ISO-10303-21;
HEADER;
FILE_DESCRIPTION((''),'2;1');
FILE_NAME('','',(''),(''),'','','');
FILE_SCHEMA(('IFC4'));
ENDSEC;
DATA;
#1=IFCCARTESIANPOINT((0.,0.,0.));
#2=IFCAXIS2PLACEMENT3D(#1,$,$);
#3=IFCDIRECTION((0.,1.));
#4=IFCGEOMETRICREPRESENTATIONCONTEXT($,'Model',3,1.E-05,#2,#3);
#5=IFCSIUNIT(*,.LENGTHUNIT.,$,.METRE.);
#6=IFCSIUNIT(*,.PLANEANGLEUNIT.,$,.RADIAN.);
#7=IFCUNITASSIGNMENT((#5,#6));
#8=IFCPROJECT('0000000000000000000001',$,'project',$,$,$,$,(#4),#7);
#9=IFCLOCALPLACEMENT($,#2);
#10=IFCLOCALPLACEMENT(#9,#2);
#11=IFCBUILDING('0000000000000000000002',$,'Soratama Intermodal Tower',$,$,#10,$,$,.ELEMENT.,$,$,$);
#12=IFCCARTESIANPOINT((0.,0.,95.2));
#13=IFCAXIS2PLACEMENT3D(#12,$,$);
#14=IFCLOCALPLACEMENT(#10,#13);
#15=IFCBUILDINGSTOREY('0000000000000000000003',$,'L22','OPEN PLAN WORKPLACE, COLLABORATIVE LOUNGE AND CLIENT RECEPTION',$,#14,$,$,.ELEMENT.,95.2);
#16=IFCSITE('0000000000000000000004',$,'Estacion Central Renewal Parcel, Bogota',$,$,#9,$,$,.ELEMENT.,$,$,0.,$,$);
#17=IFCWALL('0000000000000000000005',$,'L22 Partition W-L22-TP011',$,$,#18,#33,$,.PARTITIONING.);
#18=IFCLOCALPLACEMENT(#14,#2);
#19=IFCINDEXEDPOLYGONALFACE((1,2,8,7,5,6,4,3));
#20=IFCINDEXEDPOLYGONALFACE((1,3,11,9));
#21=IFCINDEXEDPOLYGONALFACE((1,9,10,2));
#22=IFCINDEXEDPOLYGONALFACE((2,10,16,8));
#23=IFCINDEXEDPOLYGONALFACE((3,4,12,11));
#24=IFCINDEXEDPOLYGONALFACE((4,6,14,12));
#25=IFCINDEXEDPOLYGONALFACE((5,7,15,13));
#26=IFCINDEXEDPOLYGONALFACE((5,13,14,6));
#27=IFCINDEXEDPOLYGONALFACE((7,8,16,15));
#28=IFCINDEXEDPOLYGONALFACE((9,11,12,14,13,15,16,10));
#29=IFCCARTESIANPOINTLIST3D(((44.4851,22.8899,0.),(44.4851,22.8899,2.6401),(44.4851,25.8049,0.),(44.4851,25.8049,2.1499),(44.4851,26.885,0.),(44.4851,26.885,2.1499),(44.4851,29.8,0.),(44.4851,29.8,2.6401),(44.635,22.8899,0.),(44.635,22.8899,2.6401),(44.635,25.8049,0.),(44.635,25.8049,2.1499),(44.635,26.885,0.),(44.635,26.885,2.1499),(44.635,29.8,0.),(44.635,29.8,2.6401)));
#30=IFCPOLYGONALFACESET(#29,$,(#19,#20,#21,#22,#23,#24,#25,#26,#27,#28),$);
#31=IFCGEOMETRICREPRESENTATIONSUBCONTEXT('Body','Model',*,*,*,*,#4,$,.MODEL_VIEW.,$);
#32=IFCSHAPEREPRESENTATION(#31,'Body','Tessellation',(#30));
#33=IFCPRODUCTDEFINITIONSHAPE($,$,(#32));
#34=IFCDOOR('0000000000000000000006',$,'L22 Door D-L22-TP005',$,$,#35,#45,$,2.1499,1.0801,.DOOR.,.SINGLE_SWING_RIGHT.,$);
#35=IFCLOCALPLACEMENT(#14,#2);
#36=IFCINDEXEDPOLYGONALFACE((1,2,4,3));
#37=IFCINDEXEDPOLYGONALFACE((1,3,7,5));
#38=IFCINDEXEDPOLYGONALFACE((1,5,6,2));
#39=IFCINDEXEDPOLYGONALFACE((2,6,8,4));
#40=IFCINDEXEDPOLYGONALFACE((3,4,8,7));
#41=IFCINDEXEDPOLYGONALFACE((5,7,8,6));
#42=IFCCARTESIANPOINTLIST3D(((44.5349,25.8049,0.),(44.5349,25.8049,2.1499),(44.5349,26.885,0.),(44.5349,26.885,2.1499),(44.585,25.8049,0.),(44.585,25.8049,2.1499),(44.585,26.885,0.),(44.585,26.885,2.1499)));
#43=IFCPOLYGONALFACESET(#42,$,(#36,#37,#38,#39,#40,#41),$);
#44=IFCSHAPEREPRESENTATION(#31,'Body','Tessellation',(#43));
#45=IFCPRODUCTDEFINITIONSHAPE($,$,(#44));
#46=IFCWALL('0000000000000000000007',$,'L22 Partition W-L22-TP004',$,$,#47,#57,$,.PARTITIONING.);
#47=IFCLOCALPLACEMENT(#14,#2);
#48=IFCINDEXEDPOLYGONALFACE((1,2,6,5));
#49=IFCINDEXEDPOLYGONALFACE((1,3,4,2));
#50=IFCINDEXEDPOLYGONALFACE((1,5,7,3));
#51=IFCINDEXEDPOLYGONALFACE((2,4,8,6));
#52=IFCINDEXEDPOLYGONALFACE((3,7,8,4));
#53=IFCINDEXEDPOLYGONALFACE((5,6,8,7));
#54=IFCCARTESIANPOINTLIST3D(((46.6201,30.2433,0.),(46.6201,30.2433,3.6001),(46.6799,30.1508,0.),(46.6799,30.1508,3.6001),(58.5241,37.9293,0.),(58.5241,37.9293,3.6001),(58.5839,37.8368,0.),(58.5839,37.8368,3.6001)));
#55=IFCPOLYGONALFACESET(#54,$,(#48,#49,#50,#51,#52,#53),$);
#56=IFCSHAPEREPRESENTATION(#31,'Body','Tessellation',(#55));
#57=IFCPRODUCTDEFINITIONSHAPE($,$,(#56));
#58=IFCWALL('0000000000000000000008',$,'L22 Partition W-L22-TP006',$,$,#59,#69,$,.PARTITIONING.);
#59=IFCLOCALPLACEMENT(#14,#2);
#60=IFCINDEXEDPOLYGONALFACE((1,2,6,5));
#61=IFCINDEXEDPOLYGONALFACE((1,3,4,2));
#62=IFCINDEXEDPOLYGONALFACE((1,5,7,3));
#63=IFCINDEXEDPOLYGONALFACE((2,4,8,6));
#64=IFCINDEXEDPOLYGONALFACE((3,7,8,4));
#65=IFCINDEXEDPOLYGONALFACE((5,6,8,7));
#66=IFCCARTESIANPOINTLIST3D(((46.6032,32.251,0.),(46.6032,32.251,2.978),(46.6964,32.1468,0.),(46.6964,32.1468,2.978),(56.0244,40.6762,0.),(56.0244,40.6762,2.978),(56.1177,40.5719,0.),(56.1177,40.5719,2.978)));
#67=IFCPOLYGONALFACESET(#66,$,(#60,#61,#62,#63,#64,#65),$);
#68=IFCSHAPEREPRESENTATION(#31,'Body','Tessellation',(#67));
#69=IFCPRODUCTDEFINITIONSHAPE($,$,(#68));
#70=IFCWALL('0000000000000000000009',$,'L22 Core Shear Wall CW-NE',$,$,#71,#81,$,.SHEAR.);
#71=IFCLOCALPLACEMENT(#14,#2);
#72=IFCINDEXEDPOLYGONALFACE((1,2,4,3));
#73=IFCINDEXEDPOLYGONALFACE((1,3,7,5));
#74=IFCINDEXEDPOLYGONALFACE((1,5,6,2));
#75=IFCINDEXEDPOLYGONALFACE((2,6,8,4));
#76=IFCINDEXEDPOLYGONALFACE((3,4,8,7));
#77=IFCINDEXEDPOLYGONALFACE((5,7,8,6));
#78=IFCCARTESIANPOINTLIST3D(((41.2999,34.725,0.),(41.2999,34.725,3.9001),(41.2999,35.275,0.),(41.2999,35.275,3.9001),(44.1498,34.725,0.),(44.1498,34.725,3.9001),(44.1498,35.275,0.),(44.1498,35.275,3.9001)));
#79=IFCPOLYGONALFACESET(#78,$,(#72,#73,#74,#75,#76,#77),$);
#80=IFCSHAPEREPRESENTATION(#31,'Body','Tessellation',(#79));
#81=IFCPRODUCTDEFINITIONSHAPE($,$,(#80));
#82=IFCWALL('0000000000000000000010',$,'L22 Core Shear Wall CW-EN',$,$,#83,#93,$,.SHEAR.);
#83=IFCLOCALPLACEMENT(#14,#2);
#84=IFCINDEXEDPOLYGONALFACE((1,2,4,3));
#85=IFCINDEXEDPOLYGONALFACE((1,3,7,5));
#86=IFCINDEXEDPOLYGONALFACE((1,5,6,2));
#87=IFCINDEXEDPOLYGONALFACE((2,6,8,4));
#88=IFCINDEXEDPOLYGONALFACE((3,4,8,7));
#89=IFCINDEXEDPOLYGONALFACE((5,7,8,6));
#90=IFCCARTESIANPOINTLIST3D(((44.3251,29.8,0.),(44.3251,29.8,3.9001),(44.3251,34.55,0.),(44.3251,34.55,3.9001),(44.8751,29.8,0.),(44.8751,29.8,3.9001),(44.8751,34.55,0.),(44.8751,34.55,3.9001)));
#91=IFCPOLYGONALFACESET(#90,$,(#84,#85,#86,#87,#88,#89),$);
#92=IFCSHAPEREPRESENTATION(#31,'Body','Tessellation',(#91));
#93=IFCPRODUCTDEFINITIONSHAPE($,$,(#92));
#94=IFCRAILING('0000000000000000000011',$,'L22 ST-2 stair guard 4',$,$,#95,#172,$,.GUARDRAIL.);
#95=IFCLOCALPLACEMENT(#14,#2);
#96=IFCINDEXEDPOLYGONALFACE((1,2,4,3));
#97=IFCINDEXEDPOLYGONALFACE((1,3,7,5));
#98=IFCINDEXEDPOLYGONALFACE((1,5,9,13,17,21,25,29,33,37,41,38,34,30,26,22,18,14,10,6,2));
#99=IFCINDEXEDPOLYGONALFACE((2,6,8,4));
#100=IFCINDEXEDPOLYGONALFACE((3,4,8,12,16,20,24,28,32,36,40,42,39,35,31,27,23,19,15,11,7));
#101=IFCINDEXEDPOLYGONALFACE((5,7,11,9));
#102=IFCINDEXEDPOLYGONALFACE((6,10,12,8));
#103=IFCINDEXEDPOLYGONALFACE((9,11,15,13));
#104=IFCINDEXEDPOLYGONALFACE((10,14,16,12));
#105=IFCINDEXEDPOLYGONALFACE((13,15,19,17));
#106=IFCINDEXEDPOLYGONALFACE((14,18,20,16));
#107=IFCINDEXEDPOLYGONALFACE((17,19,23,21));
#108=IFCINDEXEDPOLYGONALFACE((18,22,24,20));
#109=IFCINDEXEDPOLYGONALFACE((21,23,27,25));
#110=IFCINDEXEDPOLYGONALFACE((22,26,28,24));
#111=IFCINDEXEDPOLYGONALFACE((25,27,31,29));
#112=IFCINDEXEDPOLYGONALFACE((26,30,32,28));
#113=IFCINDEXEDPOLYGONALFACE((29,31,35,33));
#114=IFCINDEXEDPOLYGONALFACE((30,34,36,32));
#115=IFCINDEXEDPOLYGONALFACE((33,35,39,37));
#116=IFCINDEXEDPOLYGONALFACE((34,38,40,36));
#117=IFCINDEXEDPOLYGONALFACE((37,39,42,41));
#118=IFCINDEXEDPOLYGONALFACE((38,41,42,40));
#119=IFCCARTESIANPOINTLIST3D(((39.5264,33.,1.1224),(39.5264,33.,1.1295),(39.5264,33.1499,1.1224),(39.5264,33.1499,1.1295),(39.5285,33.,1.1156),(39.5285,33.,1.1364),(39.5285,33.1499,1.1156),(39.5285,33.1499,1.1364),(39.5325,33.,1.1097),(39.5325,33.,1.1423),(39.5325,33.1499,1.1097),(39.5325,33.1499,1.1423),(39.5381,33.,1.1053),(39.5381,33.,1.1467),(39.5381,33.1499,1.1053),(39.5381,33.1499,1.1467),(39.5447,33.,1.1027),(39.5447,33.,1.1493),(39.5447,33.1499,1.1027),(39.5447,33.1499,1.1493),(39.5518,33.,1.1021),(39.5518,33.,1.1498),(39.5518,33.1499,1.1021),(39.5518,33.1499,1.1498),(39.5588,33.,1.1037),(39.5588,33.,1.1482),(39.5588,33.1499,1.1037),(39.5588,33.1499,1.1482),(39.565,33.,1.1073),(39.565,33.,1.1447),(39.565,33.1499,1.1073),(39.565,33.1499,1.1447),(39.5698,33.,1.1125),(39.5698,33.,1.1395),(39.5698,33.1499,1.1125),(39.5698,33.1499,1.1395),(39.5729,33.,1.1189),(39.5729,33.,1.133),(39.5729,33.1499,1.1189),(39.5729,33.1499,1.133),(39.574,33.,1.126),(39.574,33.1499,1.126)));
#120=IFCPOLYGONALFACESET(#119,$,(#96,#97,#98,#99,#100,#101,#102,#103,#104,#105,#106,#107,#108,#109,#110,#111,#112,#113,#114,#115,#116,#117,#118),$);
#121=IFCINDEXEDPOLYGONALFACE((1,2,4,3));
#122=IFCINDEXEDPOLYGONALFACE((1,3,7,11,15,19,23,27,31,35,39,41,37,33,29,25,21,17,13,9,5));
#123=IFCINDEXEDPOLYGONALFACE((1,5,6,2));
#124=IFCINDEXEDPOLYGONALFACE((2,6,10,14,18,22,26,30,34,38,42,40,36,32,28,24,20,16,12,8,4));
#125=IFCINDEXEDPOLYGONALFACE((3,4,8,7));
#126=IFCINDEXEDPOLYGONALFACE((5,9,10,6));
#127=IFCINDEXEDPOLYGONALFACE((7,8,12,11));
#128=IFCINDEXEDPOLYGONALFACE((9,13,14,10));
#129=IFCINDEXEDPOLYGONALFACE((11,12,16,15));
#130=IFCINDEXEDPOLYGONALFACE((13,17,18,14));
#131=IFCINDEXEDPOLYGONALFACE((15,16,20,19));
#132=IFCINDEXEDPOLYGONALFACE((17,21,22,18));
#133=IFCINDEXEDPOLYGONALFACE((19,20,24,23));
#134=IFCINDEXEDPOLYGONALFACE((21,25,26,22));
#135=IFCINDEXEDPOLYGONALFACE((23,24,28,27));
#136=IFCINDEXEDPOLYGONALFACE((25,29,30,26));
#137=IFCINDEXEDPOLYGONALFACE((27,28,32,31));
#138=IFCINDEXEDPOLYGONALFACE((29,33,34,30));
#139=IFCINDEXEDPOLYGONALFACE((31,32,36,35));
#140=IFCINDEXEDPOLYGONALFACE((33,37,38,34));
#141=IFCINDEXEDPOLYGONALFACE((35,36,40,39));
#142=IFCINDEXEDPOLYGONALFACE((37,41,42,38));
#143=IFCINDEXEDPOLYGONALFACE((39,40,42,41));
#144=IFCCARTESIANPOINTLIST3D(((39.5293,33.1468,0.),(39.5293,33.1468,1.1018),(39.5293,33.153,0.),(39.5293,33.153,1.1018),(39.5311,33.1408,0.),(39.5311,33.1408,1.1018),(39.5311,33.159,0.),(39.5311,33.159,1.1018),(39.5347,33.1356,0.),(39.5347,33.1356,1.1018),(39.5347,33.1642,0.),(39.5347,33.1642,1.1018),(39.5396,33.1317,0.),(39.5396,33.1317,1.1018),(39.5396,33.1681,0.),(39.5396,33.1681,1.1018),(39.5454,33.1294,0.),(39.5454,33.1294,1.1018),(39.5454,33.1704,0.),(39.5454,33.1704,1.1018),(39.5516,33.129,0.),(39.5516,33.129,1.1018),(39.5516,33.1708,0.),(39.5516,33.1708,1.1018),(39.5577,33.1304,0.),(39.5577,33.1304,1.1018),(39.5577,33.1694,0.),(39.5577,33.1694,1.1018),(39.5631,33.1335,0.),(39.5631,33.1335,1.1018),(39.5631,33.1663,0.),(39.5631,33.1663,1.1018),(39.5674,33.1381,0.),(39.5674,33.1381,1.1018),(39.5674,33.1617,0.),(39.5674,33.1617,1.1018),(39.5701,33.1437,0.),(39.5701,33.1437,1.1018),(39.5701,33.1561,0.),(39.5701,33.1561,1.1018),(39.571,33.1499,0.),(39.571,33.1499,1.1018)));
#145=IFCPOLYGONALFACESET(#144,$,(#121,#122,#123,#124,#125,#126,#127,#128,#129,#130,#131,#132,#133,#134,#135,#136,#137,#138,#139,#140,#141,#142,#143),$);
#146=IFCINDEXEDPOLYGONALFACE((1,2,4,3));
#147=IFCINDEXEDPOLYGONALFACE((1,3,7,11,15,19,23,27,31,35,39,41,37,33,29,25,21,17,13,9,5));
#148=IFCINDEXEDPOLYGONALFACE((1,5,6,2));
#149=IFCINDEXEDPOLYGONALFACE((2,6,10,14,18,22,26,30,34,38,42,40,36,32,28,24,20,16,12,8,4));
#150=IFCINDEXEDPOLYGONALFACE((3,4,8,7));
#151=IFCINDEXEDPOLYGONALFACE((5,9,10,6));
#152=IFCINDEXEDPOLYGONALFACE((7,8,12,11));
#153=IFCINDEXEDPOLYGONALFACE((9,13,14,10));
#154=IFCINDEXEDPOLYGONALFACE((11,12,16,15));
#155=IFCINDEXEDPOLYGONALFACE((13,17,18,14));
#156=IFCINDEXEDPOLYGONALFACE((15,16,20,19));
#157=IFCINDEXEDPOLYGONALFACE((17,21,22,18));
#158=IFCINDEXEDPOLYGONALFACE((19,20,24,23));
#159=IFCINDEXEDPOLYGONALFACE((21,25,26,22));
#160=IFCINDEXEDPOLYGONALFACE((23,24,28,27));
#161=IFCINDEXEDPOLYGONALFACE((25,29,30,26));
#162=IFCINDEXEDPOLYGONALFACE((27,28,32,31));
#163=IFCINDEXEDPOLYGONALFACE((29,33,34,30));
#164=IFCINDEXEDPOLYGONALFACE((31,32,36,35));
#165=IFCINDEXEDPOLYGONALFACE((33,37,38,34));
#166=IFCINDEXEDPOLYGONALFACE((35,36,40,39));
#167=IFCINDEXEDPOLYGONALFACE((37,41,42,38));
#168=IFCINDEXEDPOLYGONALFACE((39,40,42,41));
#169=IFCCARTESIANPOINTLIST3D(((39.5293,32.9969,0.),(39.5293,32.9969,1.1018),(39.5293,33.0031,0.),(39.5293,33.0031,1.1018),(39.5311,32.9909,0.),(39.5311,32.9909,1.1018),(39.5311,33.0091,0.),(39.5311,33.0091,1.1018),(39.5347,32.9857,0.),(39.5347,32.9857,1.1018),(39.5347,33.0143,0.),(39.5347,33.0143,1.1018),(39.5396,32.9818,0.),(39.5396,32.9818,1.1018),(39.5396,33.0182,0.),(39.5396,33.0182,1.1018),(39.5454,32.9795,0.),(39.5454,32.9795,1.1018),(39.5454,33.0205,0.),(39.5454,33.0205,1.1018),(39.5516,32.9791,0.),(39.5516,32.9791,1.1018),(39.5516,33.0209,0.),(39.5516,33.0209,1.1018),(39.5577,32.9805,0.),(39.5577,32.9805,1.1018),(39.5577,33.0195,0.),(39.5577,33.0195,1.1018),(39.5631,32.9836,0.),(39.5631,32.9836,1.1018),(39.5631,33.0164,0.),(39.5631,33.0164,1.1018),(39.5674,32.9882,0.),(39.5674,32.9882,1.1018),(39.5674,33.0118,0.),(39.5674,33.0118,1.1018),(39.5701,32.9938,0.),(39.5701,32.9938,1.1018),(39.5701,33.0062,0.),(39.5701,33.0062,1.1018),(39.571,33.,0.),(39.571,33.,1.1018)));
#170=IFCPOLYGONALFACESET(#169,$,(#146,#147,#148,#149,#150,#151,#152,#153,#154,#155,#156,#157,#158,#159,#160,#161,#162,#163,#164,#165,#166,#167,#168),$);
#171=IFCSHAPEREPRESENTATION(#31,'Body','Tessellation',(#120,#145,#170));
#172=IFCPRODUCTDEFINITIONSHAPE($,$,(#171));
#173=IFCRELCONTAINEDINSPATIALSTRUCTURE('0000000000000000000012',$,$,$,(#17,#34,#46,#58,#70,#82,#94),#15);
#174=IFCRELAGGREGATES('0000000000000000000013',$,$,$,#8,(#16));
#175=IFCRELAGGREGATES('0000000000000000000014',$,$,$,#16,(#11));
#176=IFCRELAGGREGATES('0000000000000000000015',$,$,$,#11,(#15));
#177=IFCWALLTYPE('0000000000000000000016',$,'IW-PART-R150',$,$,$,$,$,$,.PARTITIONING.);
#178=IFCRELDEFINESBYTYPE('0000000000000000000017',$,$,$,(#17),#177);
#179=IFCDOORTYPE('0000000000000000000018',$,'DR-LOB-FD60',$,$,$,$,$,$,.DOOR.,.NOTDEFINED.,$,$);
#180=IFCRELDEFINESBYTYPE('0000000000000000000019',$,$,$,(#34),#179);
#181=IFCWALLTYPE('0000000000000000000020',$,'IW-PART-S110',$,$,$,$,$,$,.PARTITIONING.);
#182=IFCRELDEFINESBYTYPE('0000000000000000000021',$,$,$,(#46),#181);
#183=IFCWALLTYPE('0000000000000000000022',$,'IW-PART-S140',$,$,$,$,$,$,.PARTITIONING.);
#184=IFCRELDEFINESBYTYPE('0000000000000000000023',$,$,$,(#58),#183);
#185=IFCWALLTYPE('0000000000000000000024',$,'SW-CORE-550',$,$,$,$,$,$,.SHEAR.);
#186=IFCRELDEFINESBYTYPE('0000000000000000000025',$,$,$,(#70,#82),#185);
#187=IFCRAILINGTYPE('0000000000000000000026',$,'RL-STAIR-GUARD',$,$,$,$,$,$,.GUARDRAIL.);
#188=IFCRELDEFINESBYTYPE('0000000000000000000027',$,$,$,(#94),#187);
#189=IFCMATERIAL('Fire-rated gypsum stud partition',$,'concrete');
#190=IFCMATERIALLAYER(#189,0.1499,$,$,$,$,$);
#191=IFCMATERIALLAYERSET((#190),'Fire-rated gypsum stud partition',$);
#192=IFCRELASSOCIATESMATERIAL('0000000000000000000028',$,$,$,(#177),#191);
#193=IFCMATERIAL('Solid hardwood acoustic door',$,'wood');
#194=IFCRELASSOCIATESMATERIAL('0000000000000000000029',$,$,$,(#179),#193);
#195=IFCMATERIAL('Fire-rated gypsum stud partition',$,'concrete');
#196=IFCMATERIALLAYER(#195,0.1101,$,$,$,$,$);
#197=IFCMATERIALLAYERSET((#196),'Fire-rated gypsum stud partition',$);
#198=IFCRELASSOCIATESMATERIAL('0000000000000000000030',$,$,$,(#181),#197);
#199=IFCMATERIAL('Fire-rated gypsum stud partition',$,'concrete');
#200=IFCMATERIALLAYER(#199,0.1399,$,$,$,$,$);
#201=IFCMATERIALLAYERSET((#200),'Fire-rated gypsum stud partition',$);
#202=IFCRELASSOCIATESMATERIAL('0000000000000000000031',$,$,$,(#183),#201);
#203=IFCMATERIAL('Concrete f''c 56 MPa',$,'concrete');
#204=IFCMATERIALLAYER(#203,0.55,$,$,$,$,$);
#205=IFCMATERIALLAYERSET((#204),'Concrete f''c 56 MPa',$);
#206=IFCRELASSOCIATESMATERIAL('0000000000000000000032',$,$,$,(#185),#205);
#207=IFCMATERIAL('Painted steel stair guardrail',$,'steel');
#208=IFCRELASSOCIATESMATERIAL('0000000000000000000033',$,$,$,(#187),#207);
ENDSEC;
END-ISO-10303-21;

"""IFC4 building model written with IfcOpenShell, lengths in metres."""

from ifc_helpers import new_model, si_unit, direction, frame, frame_2d, origin, origin_2d, place, context, subcontext, project, spatial, rectangle, circle, extrude, material, layer, layer_set, type_object, element, fill, save


model = new_model("IFC4")

# Units and contexts
model_context = context("Model", 3, precision=1e-05, world=origin(), true_north=direction((0.0, 1.0)))
body_context = subcontext(model_context, "Body", "Model", "MODEL_VIEW")
ifc_project = project(units=[si_unit("LENGTHUNIT", "METRE"), si_unit("PLANEANGLEUNIT", "RADIAN")], contexts=[model_context])

# Site, building, storey
site_placement = place(None, origin())
site = spatial("IfcSite", under=ifc_project, at=site_placement, Name="Estacion Central Renewal Parcel, Bogota", CompositionType="ELEMENT", RefElevation=0.0)
building_placement = place(site_placement, origin())
building = spatial("IfcBuilding", under=site, at=building_placement, Name="Soratama Intermodal Tower", CompositionType="ELEMENT")
storey_placement = place(building_placement, frame((0.0, 0.0, 95.2)))
storey = spatial("IfcBuildingStorey", under=building, at=storey_placement, Name="L22", Description="OPEN PLAN WORKPLACE, COLLABORATIVE LOUNGE AND CLIENT RECEPTION", CompositionType="ELEMENT", Elevation=95.2)

# Wall, opening, door
ifc_material_1 = material(Name="Fire-rated gypsum stud partition", Category="concrete")
ifc_layer_1 = layer(ifc_material_1, 0.1499)
ifc_layer_set_1 = layer_set([ifc_layer_1], Name="Fire-rated gypsum stud partition")
wall_type_1 = type_object("IfcWallType", Name="IW-PART-R150", PredefinedType="PARTITIONING", material=ifc_layer_set_1)
wall_1_placement = place(storey_placement, frame((44.5601, 29.8, 0.0), z_axis=(0.0, 0.0, 1.0), x_axis=(0.0, -1.0, 0.0)))
wall_1 = element("IfcWall", 1, at=wall_1_placement, inside=storey, type_object=wall_type_1, Name="L22 Partition W-L22-TP011", PredefinedType="PARTITIONING", context=body_context, shape_type="SweptSolid", body=[
    extrude(rectangle(XDim=6.9102, YDim=0.1499, at=frame_2d((3.4551, 0.0))), origin(), (0.0, 0.0, 1.0), 2.6401),
])
opening_1_placement = place(wall_1_placement, frame((2.915, 0.0, 0.0)))
opening_1 = element("IfcOpeningElement", 2, at=opening_1_placement, cuts=wall_1, PredefinedType="OPENING", context=body_context, shape_type="SweptSolid", body=[
    extrude(rectangle(XDim=1.0801, YDim=2.1499, at=frame_2d((0.54, 1.075))), frame((0.0, 0.085, 0.0), z_axis=(0.0, -1.0, 0.0), x_axis=(1.0, 0.0, 0.0)), (0.0, 0.0, 1.0), 0.1699),
])
ifc_material_2 = material(Name="Solid hardwood acoustic door", Category="wood")
door_type_1 = type_object("IfcDoorType", Name="DR-LOB-FD60", OperationType="NOTDEFINED", PredefinedType="DOOR", material=ifc_material_2)
door_1_placement = place(opening_1_placement, origin())
door_1 = element("IfcDoor", 3, at=door_1_placement, inside=storey, type_object=door_type_1, Name="L22 Door D-L22-TP005", OperationType="SINGLE_SWING_RIGHT", OverallHeight=2.1499, OverallWidth=1.0801, PredefinedType="DOOR", context=body_context, shape_type="SweptSolid", body=[
    extrude(rectangle(XDim=1.0801, YDim=2.1499, at=frame_2d((0.54, 1.075))), frame((0.0, 0.0249, 0.0), z_axis=(0.0, -1.0, 0.0), x_axis=(1.0, 0.0, 0.0)), (0.0, 0.0, 1.0), 0.05),
])
fill(opening_1, door_1)

# Walls
ifc_material_3 = material(Name="Fire-rated gypsum stud partition", Category="concrete")
ifc_layer_2 = layer(ifc_material_3, 0.1101)
ifc_layer_set_2 = layer_set([ifc_layer_2], Name="Fire-rated gypsum stud partition")
wall_type_2 = type_object("IfcWallType", Name="IW-PART-S110", PredefinedType="PARTITIONING", material=ifc_layer_set_2)
wall_2_placement = place(storey_placement, frame((46.6499, 30.197, 0.0), z_axis=(0.0, 0.0, 1.0), x_axis=(0.840104, 0.542426, 0.0)))
element("IfcWall", 4, at=wall_2_placement, inside=storey, type_object=wall_type_2, Name="L22 Partition W-L22-TP004", PredefinedType="PARTITIONING", context=body_context, shape_type="SweptSolid", body=[
    extrude(rectangle(XDim=14.1697, YDim=0.1101, at=frame_2d((7.085, 0.0))), origin(), (0.0, 0.0, 1.0), 3.6001),
])
ifc_material_4 = material(Name="Fire-rated gypsum stud partition", Category="concrete")
ifc_layer_3 = layer(ifc_material_4, 0.1399)
ifc_layer_set_3 = layer_set([ifc_layer_3], Name="Fire-rated gypsum stud partition")
wall_type_3 = type_object("IfcWallType", Name="IW-PART-S140", PredefinedType="PARTITIONING", material=ifc_layer_set_3)
wall_3_placement = place(storey_placement, frame((46.6499, 32.199, 0.0), z_axis=(0.0, 0.0, 1.0), x_axis=(0.745414, 0.666602, 0.0)))
element("IfcWall", 5, at=wall_3_placement, inside=storey, type_object=wall_type_3, Name="L22 Partition W-L22-TP006", PredefinedType="PARTITIONING", context=body_context, shape_type="SweptSolid", body=[
    extrude(rectangle(XDim=12.6389, YDim=0.1399, at=frame_2d((6.3193, 0.0))), origin(), (0.0, 0.0, 1.0), 2.978),
])
ifc_material_5 = material(Name="Concrete f'c 56 MPa", Category="concrete")
ifc_layer_4 = layer(ifc_material_5, 0.55)
ifc_layer_set_4 = layer_set([ifc_layer_4], Name="Concrete f'c 56 MPa")
wall_type_4 = type_object("IfcWallType", Name="SW-CORE-550", PredefinedType="SHEAR", material=ifc_layer_set_4)
wall_4_placement = place(storey_placement, frame((41.3, 35.0, 0.0), z_axis=(0.0, 0.0, 1.0), x_axis=(1.0, 0.0, 0.0)))
element("IfcWall", 6, at=wall_4_placement, inside=storey, type_object=wall_type_4, Name="L22 Core Shear Wall CW-NE", PredefinedType="SHEAR", context=body_context, shape_type="SweptSolid", body=[
    extrude(rectangle(XDim=2.8499, YDim=0.55, at=frame_2d((1.4248, 0.0))), origin(), (0.0, 0.0, 1.0), 3.9001),
])
wall_5_placement = place(storey_placement, frame((44.6001, 29.8, 0.0), z_axis=(0.0, 0.0, 1.0), x_axis=(0.0, 1.0, 0.0)))
element("IfcWall", 7, at=wall_5_placement, inside=storey, type_object=wall_type_4, Name="L22 Core Shear Wall CW-EN", PredefinedType="SHEAR", context=body_context, shape_type="SweptSolid", body=[
    extrude(rectangle(XDim=4.75, YDim=0.55, at=frame_2d((2.375, 0.0))), origin(), (0.0, 0.0, 1.0), 3.9001),
])

# Railing
ifc_material_6 = material(Name="Painted steel stair guardrail", Category="steel")
railing_type_1 = type_object("IfcRailingType", Name="RL-STAIR-GUARD", PredefinedType="GUARDRAIL", material=ifc_material_6)
railing_1_placement = place(storey_placement, frame((39.55, 33.1499, 0.0)))
element("IfcRailing", 8, at=railing_1_placement, inside=storey, type_object=railing_type_1, Name="L22 ST-2 stair guard 4", PredefinedType="GUARDRAIL", context=body_context, shape_type="SweptSolid", body=[
    extrude(circle(Radius=0.0239, at=origin_2d()), frame((0.0, 0.0, 1.126), z_axis=(0.0, -1.0, 0.0), x_axis=(1.0, 0.0, 0.0)), (0.0, 0.0, 1.0), 0.1499),
    extrude(circle(Radius=0.021, at=origin_2d()), origin(), (0.0, 0.0, 1.0), 1.1018),
    extrude(circle(Radius=0.021, at=origin_2d()), frame((0.0, -0.1499, 0.0)), (0.0, 0.0, 1.0), 1.1018),
])

save(model, "model.ifc")
